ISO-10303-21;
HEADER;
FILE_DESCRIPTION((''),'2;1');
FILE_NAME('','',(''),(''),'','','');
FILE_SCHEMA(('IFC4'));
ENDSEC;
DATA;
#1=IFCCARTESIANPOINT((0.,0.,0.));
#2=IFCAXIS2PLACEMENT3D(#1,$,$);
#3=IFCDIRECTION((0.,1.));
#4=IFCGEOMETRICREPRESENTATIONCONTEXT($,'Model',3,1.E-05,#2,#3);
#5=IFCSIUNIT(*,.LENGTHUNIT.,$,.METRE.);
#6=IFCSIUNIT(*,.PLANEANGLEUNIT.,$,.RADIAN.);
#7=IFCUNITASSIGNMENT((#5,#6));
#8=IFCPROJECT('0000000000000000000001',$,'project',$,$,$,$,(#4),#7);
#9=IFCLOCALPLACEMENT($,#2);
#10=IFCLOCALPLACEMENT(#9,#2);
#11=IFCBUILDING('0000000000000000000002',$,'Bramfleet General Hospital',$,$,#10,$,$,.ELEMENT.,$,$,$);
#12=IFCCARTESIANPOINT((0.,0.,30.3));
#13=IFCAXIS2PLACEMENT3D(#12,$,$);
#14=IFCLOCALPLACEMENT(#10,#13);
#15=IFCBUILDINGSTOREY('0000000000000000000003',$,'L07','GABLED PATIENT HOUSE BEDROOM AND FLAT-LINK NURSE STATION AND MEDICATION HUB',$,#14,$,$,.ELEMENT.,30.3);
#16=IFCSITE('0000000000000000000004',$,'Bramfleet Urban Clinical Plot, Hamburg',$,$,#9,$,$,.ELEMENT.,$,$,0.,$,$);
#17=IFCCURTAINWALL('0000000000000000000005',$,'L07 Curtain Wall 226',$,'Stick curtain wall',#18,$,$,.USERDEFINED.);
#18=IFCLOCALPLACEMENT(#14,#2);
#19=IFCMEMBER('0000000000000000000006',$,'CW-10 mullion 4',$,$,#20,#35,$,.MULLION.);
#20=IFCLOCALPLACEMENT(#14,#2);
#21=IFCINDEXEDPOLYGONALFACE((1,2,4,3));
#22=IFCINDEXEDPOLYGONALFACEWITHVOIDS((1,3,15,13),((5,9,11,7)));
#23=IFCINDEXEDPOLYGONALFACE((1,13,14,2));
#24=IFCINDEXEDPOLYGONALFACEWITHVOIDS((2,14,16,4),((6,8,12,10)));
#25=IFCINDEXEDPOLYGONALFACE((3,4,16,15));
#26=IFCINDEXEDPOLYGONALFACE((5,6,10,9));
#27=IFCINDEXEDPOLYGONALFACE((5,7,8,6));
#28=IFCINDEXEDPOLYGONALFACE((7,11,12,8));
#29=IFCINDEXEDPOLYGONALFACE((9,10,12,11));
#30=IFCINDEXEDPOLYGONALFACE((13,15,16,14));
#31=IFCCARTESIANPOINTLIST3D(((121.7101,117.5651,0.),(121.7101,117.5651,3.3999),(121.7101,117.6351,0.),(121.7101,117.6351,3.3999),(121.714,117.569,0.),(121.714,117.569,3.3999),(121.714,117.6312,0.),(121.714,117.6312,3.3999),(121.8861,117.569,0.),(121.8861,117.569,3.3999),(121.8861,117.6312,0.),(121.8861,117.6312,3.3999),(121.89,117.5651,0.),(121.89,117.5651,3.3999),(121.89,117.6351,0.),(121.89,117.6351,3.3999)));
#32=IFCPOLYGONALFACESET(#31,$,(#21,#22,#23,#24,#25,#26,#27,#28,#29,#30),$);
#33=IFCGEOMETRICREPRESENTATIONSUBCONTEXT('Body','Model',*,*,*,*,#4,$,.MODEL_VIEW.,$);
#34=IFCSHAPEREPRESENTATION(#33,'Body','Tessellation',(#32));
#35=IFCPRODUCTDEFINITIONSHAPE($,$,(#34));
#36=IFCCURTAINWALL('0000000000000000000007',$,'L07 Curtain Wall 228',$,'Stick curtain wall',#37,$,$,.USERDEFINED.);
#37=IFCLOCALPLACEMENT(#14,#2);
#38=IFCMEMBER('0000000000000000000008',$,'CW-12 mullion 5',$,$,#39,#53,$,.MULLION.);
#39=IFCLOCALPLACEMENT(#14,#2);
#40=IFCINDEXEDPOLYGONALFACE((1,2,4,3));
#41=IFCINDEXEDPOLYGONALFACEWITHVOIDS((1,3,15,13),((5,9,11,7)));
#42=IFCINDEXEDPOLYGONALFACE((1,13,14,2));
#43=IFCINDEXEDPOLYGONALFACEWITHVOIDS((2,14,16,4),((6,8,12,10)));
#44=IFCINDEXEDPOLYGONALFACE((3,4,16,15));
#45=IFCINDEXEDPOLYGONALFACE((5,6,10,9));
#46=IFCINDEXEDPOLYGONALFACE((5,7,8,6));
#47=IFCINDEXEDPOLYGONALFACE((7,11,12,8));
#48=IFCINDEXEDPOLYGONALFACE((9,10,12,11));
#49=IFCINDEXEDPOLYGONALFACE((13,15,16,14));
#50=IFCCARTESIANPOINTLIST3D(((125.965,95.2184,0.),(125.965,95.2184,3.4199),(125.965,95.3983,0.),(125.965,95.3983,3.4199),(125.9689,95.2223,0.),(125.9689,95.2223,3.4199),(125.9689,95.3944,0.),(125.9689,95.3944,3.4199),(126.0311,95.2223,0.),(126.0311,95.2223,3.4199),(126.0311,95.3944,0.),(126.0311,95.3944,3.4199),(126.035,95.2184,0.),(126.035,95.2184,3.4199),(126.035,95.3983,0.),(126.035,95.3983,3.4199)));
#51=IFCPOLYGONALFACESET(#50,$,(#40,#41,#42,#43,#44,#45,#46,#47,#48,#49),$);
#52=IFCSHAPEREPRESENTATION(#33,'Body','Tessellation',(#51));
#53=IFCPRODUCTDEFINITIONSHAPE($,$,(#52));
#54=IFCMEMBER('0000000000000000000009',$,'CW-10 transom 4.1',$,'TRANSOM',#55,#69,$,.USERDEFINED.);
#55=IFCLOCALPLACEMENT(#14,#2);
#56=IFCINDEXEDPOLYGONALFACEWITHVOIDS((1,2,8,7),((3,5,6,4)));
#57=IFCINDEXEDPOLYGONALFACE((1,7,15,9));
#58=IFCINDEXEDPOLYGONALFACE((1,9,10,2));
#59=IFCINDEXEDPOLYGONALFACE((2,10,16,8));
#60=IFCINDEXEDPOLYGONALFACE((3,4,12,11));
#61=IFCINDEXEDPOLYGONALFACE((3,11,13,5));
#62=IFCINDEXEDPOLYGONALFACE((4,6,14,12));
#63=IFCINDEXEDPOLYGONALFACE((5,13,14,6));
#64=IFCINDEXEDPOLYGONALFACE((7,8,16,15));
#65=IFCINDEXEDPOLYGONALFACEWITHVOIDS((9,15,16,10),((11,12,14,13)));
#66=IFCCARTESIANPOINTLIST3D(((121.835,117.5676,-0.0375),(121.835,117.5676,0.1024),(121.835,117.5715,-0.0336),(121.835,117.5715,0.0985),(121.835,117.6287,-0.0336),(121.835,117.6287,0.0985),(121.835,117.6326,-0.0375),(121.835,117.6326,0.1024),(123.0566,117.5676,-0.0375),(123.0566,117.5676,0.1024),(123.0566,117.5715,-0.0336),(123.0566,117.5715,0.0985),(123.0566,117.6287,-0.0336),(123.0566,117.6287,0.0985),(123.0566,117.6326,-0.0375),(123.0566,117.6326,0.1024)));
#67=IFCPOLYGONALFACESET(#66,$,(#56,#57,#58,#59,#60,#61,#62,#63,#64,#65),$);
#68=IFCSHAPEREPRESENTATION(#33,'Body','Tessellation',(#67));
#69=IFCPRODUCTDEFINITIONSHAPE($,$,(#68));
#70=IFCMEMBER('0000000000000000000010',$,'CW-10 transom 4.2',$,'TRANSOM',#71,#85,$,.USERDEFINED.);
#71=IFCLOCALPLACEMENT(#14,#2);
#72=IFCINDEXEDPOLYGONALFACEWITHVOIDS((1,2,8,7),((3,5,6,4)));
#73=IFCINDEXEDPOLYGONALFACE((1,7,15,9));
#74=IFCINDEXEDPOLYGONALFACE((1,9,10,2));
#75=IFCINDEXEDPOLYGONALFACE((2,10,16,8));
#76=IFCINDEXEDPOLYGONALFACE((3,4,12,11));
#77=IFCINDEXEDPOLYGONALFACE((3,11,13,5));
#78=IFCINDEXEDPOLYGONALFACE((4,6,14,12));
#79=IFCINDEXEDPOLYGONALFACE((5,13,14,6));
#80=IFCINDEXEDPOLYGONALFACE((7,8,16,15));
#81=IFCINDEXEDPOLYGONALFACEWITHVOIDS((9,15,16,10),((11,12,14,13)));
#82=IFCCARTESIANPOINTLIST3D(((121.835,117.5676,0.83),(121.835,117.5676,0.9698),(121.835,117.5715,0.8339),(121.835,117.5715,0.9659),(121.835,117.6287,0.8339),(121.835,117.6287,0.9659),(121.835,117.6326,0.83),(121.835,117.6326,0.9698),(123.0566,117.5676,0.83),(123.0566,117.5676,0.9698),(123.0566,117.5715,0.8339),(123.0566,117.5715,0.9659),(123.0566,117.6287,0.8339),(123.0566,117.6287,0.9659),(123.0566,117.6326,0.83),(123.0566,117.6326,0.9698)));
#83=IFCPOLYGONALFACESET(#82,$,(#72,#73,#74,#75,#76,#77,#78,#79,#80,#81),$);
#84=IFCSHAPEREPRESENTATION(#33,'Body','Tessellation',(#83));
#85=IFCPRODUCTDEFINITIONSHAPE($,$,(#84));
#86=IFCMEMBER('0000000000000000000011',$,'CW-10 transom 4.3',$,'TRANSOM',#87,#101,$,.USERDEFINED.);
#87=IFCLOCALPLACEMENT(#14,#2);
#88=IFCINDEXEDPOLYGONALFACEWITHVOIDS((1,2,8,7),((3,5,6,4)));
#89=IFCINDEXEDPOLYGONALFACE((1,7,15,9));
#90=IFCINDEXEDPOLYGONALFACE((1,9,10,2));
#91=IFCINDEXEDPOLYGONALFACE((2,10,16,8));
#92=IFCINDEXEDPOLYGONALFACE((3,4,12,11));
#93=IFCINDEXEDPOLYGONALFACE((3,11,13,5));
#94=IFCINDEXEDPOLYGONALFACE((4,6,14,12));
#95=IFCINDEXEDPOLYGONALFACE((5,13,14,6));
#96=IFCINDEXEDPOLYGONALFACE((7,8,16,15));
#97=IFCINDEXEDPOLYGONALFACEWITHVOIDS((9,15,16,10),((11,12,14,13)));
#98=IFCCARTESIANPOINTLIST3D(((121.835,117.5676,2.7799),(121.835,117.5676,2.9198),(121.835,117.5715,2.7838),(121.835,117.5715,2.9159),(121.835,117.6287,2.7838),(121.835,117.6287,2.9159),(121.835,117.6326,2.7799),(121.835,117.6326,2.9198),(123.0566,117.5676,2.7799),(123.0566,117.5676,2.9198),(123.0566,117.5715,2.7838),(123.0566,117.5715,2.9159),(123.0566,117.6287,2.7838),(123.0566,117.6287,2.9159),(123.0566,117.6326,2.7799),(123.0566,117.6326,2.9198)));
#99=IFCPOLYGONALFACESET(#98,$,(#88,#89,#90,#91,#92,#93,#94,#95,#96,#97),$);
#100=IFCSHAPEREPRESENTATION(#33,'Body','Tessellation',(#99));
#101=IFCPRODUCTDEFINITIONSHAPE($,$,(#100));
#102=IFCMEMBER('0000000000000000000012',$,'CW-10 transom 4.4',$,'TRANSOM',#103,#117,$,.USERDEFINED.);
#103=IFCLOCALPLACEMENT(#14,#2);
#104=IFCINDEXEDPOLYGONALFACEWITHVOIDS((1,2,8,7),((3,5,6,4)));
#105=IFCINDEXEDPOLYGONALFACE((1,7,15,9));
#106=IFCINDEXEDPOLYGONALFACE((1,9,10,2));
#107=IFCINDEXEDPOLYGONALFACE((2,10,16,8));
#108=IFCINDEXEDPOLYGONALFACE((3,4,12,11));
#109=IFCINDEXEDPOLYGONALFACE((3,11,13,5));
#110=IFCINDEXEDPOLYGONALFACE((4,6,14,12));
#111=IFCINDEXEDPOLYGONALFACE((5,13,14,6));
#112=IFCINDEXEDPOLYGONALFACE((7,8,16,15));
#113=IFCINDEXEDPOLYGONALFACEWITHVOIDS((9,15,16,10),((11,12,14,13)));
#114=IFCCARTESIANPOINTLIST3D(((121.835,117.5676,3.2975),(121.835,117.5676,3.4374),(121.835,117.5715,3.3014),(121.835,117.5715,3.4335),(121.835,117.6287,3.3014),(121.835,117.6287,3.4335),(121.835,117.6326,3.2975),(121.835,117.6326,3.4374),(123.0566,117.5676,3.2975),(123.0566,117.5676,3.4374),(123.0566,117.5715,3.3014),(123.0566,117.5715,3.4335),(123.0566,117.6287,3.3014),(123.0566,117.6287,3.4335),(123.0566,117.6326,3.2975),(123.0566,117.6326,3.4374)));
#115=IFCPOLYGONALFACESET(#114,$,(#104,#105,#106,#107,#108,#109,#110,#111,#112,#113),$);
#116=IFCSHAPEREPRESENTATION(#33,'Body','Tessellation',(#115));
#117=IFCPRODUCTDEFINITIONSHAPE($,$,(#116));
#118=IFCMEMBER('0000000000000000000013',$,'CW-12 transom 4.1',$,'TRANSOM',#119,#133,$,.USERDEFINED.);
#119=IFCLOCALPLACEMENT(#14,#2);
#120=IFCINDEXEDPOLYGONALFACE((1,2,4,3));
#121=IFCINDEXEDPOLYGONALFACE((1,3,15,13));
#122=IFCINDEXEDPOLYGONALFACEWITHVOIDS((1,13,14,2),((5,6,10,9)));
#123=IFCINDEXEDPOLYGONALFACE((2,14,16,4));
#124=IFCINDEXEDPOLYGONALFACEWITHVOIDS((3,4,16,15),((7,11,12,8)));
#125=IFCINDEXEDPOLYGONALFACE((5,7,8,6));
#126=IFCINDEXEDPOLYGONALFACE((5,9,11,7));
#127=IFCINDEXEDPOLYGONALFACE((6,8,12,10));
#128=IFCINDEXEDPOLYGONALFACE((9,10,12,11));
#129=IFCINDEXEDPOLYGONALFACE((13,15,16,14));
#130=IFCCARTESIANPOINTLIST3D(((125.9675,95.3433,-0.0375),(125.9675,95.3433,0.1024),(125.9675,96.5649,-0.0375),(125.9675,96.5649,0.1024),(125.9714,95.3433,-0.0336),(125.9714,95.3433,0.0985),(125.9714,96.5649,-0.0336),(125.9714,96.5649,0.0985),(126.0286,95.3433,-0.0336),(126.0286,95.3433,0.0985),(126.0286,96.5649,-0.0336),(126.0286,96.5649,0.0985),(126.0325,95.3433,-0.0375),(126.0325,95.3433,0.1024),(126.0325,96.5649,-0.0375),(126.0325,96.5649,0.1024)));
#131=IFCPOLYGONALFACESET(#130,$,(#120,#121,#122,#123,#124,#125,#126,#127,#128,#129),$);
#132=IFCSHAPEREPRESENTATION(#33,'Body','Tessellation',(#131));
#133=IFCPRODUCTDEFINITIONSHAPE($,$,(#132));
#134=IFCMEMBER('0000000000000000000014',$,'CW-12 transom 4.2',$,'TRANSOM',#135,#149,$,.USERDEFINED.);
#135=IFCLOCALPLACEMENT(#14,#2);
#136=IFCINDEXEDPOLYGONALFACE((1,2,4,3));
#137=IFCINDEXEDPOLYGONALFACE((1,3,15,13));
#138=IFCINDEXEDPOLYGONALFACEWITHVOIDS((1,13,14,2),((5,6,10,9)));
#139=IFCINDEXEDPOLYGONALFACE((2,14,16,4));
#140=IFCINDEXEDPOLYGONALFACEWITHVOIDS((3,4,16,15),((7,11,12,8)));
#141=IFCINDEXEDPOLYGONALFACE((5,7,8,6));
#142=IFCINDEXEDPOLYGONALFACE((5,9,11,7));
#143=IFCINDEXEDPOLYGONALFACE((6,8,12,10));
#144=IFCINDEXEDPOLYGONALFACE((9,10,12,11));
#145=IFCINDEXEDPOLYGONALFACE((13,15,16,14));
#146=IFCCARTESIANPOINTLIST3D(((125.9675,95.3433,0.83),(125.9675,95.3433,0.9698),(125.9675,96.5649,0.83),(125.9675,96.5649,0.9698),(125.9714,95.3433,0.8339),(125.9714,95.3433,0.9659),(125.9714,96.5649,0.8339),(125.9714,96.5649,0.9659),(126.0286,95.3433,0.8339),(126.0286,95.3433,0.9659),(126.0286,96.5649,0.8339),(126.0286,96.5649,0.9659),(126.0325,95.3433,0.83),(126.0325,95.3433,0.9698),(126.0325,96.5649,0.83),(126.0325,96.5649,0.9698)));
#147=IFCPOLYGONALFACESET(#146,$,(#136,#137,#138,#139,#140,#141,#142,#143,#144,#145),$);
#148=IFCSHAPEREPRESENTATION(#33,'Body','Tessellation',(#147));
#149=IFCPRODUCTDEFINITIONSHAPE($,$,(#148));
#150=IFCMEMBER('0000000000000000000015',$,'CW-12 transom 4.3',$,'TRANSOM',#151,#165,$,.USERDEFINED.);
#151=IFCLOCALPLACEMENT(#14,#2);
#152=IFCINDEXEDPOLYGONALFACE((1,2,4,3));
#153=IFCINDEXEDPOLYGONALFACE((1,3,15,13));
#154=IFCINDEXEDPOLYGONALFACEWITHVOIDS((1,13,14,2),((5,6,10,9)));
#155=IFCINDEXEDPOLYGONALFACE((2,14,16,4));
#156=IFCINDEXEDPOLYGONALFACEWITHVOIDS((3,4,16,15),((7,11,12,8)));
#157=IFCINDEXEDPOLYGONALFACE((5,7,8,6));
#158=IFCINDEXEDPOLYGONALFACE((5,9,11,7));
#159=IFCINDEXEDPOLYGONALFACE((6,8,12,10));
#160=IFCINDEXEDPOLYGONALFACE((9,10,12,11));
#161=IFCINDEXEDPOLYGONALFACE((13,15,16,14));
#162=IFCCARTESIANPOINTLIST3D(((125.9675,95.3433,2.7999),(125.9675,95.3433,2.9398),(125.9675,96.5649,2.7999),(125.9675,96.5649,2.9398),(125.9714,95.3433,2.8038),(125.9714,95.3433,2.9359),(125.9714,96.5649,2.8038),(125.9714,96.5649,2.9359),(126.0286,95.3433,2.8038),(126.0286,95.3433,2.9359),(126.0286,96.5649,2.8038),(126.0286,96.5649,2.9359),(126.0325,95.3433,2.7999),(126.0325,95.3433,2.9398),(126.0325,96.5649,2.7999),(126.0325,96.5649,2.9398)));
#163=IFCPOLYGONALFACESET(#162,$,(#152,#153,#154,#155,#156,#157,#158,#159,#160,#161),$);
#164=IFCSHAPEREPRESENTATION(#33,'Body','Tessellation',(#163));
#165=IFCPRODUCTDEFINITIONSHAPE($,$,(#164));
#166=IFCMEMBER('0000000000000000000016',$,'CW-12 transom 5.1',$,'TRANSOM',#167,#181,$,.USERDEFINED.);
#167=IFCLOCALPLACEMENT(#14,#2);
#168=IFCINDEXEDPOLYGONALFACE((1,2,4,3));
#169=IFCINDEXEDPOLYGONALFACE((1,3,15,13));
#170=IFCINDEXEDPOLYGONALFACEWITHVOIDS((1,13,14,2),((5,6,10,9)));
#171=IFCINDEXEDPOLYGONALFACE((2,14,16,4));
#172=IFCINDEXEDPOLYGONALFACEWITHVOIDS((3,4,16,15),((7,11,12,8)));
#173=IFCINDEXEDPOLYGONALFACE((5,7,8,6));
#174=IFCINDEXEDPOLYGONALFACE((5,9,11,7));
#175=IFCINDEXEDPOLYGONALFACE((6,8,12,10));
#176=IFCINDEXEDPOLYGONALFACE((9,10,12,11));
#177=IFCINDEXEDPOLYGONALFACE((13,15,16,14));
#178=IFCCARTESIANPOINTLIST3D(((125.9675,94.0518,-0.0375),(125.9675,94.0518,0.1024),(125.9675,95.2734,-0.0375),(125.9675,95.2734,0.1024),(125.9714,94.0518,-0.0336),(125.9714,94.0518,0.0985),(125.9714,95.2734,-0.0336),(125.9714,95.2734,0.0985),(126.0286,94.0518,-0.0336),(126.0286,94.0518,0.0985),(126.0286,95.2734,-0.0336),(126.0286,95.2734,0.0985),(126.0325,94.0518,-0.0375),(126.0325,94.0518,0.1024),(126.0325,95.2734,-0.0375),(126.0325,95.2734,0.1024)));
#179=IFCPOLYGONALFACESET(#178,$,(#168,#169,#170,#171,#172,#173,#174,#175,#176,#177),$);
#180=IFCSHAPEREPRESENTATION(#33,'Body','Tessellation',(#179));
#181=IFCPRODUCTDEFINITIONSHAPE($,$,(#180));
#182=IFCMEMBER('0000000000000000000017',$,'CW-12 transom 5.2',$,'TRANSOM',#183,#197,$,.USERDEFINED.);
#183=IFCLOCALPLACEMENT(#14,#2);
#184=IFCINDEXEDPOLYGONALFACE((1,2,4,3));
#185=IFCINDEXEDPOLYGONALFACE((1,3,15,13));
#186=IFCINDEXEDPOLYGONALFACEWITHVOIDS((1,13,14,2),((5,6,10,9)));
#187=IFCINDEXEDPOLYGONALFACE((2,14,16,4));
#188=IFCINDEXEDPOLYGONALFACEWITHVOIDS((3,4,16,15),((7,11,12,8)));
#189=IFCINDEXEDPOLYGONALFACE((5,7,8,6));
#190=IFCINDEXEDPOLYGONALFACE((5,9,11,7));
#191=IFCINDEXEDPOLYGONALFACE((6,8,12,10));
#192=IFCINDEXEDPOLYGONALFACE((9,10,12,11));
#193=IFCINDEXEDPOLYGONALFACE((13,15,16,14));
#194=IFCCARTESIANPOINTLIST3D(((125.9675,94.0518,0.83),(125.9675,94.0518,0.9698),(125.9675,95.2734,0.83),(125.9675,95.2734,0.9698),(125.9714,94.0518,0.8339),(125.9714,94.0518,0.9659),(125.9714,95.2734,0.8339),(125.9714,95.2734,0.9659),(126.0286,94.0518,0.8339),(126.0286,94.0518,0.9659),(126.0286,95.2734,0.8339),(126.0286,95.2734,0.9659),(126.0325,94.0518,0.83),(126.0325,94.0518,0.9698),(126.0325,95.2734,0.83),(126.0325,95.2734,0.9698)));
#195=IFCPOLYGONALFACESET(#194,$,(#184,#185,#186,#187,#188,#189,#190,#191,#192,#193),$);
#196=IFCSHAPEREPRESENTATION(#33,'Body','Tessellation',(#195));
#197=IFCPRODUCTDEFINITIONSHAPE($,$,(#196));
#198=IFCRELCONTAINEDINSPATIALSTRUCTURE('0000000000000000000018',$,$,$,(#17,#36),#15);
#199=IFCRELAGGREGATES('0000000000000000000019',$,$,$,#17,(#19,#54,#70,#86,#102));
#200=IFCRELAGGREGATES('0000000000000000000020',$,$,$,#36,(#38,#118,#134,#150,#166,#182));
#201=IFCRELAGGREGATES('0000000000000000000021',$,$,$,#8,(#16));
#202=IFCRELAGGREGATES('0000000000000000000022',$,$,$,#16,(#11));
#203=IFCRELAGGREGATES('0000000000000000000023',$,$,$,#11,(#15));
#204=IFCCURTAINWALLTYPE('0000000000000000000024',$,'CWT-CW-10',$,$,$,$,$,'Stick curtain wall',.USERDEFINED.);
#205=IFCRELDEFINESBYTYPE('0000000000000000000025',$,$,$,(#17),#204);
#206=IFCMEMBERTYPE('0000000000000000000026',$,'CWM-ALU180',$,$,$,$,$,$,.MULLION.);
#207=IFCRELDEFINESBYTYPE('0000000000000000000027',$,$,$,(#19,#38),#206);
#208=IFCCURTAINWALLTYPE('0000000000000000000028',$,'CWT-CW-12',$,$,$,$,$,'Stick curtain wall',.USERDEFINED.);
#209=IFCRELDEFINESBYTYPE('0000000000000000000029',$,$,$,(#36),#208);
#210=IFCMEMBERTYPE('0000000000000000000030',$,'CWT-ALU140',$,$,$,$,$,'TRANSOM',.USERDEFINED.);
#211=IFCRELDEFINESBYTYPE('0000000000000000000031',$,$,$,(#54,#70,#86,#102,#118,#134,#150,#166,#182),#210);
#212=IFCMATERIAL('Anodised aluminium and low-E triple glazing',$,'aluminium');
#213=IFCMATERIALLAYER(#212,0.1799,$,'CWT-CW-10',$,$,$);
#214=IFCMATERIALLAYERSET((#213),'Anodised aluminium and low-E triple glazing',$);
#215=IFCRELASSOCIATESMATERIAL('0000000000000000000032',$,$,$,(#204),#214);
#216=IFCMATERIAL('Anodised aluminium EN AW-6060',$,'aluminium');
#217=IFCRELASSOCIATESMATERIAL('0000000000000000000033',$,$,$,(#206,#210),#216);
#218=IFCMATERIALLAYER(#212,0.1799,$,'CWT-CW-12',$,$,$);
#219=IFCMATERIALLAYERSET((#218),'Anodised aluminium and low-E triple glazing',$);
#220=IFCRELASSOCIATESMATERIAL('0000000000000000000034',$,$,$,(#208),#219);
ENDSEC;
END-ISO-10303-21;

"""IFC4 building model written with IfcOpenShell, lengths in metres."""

from ifc_helpers import new_model, si_unit, direction, frame, origin, origin_2d, place, context, subcontext, project, spatial, hollow_rectangle, extrude, material, layer, layer_set, material_profile, profile_set, type_object, element, aggregate, save


model = new_model("IFC4")

# Units and contexts
model_context = context("Model", 3, precision=1e-05, world=origin(), true_north=direction((0.0, 1.0)))
body_context = subcontext(model_context, "Body", "Model", "MODEL_VIEW")
ifc_project = project(units=[si_unit("LENGTHUNIT", "METRE"), si_unit("PLANEANGLEUNIT", "RADIAN")], contexts=[model_context])

# Site, building, storey
site_placement = place(None, origin())
site = spatial("IfcSite", under=ifc_project, at=site_placement, Name="Bramfleet Urban Clinical Plot, Hamburg", CompositionType="ELEMENT", RefElevation=0.0)
building_placement = place(site_placement, origin())
building = spatial("IfcBuilding", under=site, at=building_placement, Name="Bramfleet General Hospital", CompositionType="ELEMENT")
storey_placement = place(building_placement, frame((0.0, 0.0, 30.3)))
storey = spatial("IfcBuildingStorey", under=building, at=storey_placement, Name="L07", Description="GABLED PATIENT HOUSE BEDROOM AND FLAT-LINK NURSE STATION AND MEDICATION HUB", CompositionType="ELEMENT", Elevation=30.3)

# Curtain walls, members
ifc_material_1 = material(Name="Anodised aluminium and low-E triple glazing", Category="aluminium")
ifc_layer_1 = layer(ifc_material_1, 0.1799, Name="CWT-CW-10")
ifc_layer_set_1 = layer_set([ifc_layer_1], Name="Anodised aluminium and low-E triple glazing")
curtain_wall_type_1 = type_object("IfcCurtainWallType", Name="CWT-CW-10", ElementType="Stick curtain wall", PredefinedType="USERDEFINED", material=ifc_layer_set_1)
curtain_wall_1_placement = place(storey_placement, origin())
curtain_wall_1 = element("IfcCurtainWall", 1, at=curtain_wall_1_placement, inside=storey, type_object=curtain_wall_type_1, Name="L07 Curtain Wall 226", ObjectType="Stick curtain wall", PredefinedType="USERDEFINED")
ifc_material_2 = material(Name="Anodised aluminium EN AW-6060", Category="aluminium")
ifc_material_profile_1 = material_profile(ifc_material_2, hollow_rectangle(XDim=0.0701, YDim=0.1799, WallThickness=0.0039, at=origin_2d()), Name="ALU 180x70x4.0")
ifc_profile_set_1 = profile_set([ifc_material_profile_1], Name="Anodised aluminium EN AW-6060")
member_type_1 = type_object("IfcMemberType", Name="CWM-ALU180", PredefinedType="MULLION", material=ifc_profile_set_1)
member_1_placement = place(storey_placement, frame((121.8, 117.6001, 0.0), z_axis=(0.0, 0.0, 1.0), x_axis=(0.0, 1.0, 0.0)))
member_1 = element("IfcMember", 2, at=member_1_placement, type_object=member_type_1, Name="CW-10 mullion 4", PredefinedType="MULLION", context=body_context, shape_type="SweptSolid", body=[
    extrude(hollow_rectangle(XDim=0.0701, YDim=0.1799, WallThickness=0.0039, at=origin_2d()), origin(), (0.0, 0.0, 1.0), 3.3999),
])
ifc_layer_2 = layer(ifc_material_1, 0.1799, Name="CWT-CW-12")
ifc_layer_set_2 = layer_set([ifc_layer_2], Name="Anodised aluminium and low-E triple glazing")
curtain_wall_type_2 = type_object("IfcCurtainWallType", Name="CWT-CW-12", ElementType="Stick curtain wall", PredefinedType="USERDEFINED", material=ifc_layer_set_2)
curtain_wall_2_placement = place(storey_placement, origin())
curtain_wall_2 = element("IfcCurtainWall", 3, at=curtain_wall_2_placement, inside=storey, type_object=curtain_wall_type_2, Name="L07 Curtain Wall 228", ObjectType="Stick curtain wall", PredefinedType="USERDEFINED")
member_2_placement = place(storey_placement, frame((126.0, 95.3083, 0.0), z_axis=(0.0, 0.0, 1.0), x_axis=(1.0, 0.0, 0.0)))
member_2 = element("IfcMember", 4, at=member_2_placement, type_object=member_type_1, Name="CW-12 mullion 5", PredefinedType="MULLION", context=body_context, shape_type="SweptSolid", body=[
    extrude(hollow_rectangle(XDim=0.0701, YDim=0.1799, WallThickness=0.0039, at=origin_2d()), origin(), (0.0, 0.0, 1.0), 3.4199),
])

# Members
ifc_material_profile_2 = material_profile(ifc_material_2, hollow_rectangle(XDim=0.0649, YDim=0.1399, WallThickness=0.0039, at=origin_2d()), Name="ALU 140x65x4.0")
ifc_profile_set_2 = profile_set([ifc_material_profile_2], Name="Anodised aluminium EN AW-6060")
member_type_2 = type_object("IfcMemberType", Name="CWT-ALU140", ElementType="TRANSOM", PredefinedType="USERDEFINED", material=ifc_profile_set_2)
member_3_placement = place(storey_placement, frame((121.835, 117.6001, 0.0325), z_axis=(1.0, 0.0, 0.0), x_axis=(0.0, 1.0, 0.0)))
member_3 = element("IfcMember", 5, at=member_3_placement, type_object=member_type_2, Name="CW-10 transom 4.1", ObjectType="TRANSOM", PredefinedType="USERDEFINED", context=body_context, shape_type="SweptSolid", body=[
    extrude(hollow_rectangle(XDim=0.0649, YDim=0.1399, WallThickness=0.0039, at=origin_2d()), origin(), (0.0, 0.0, 1.0), 1.2217),
])
member_4_placement = place(storey_placement, frame((121.835, 117.6001, 0.8999), z_axis=(1.0, 0.0, 0.0), x_axis=(0.0, 1.0, 0.0)))
member_4 = element("IfcMember", 6, at=member_4_placement, type_object=member_type_2, Name="CW-10 transom 4.2", ObjectType="TRANSOM", PredefinedType="USERDEFINED", context=body_context, shape_type="SweptSolid", body=[
    extrude(hollow_rectangle(XDim=0.0649, YDim=0.1399, WallThickness=0.0039, at=origin_2d()), origin(), (0.0, 0.0, 1.0), 1.2217),
])
member_5_placement = place(storey_placement, frame((121.835, 117.6001, 2.8499), z_axis=(1.0, 0.0, 0.0), x_axis=(0.0, 1.0, 0.0)))
member_5 = element("IfcMember", 7, at=member_5_placement, type_object=member_type_2, Name="CW-10 transom 4.3", ObjectType="TRANSOM", PredefinedType="USERDEFINED", context=body_context, shape_type="SweptSolid", body=[
    extrude(hollow_rectangle(XDim=0.0649, YDim=0.1399, WallThickness=0.0039, at=origin_2d()), origin(), (0.0, 0.0, 1.0), 1.2217),
])
member_6_placement = place(storey_placement, frame((121.835, 117.6001, 3.3674), z_axis=(1.0, 0.0, 0.0), x_axis=(0.0, 1.0, 0.0)))
member_6 = element("IfcMember", 8, at=member_6_placement, type_object=member_type_2, Name="CW-10 transom 4.4", ObjectType="TRANSOM", PredefinedType="USERDEFINED", context=body_context, shape_type="SweptSolid", body=[
    extrude(hollow_rectangle(XDim=0.0649, YDim=0.1399, WallThickness=0.0039, at=origin_2d()), origin(), (0.0, 0.0, 1.0), 1.2217),
])
aggregate(curtain_wall_1, [member_1, member_3, member_4, member_5, member_6])
member_7_placement = place(storey_placement, frame((126.0, 96.5649, 0.0325), z_axis=(0.0, -1.0, 0.0), x_axis=(1.0, 0.0, 0.0)))
member_7 = element("IfcMember", 9, at=member_7_placement, type_object=member_type_2, Name="CW-12 transom 4.1", ObjectType="TRANSOM", PredefinedType="USERDEFINED", context=body_context, shape_type="SweptSolid", body=[
    extrude(hollow_rectangle(XDim=0.0649, YDim=0.1399, WallThickness=0.0039, at=origin_2d()), origin(), (0.0, 0.0, 1.0), 1.2217),
])
member_8_placement = place(storey_placement, frame((126.0, 96.5649, 0.8999), z_axis=(0.0, -1.0, 0.0), x_axis=(1.0, 0.0, 0.0)))
member_8 = element("IfcMember", 10, at=member_8_placement, type_object=member_type_2, Name="CW-12 transom 4.2", ObjectType="TRANSOM", PredefinedType="USERDEFINED", context=body_context, shape_type="SweptSolid", body=[
    extrude(hollow_rectangle(XDim=0.0649, YDim=0.1399, WallThickness=0.0039, at=origin_2d()), origin(), (0.0, 0.0, 1.0), 1.2217),
])
member_9_placement = place(storey_placement, frame((126.0, 96.5649, 2.8699), z_axis=(0.0, -1.0, 0.0), x_axis=(1.0, 0.0, 0.0)))
member_9 = element("IfcMember", 11, at=member_9_placement, type_object=member_type_2, Name="CW-12 transom 4.3", ObjectType="TRANSOM", PredefinedType="USERDEFINED", context=body_context, shape_type="SweptSolid", body=[
    extrude(hollow_rectangle(XDim=0.0649, YDim=0.1399, WallThickness=0.0039, at=origin_2d()), origin(), (0.0, 0.0, 1.0), 1.2217),
])
member_10_placement = place(storey_placement, frame((126.0, 95.2734, 0.0325), z_axis=(0.0, -1.0, 0.0), x_axis=(1.0, 0.0, 0.0)))
member_10 = element("IfcMember", 12, at=member_10_placement, type_object=member_type_2, Name="CW-12 transom 5.1", ObjectType="TRANSOM", PredefinedType="USERDEFINED", context=body_context, shape_type="SweptSolid", body=[
    extrude(hollow_rectangle(XDim=0.0649, YDim=0.1399, WallThickness=0.0039, at=origin_2d()), origin(), (0.0, 0.0, 1.0), 1.2217),
])
member_11_placement = place(storey_placement, frame((126.0, 95.2734, 0.8999), z_axis=(0.0, -1.0, 0.0), x_axis=(1.0, 0.0, 0.0)))
member_11 = element("IfcMember", 13, at=member_11_placement, type_object=member_type_2, Name="CW-12 transom 5.2", ObjectType="TRANSOM", PredefinedType="USERDEFINED", context=body_context, shape_type="SweptSolid", body=[
    extrude(hollow_rectangle(XDim=0.0649, YDim=0.1399, WallThickness=0.0039, at=origin_2d()), origin(), (0.0, 0.0, 1.0), 1.2217),
])

aggregate(curtain_wall_2, [member_2, member_7, member_8, member_9, member_10, member_11])

save(model, "model.ifc")
